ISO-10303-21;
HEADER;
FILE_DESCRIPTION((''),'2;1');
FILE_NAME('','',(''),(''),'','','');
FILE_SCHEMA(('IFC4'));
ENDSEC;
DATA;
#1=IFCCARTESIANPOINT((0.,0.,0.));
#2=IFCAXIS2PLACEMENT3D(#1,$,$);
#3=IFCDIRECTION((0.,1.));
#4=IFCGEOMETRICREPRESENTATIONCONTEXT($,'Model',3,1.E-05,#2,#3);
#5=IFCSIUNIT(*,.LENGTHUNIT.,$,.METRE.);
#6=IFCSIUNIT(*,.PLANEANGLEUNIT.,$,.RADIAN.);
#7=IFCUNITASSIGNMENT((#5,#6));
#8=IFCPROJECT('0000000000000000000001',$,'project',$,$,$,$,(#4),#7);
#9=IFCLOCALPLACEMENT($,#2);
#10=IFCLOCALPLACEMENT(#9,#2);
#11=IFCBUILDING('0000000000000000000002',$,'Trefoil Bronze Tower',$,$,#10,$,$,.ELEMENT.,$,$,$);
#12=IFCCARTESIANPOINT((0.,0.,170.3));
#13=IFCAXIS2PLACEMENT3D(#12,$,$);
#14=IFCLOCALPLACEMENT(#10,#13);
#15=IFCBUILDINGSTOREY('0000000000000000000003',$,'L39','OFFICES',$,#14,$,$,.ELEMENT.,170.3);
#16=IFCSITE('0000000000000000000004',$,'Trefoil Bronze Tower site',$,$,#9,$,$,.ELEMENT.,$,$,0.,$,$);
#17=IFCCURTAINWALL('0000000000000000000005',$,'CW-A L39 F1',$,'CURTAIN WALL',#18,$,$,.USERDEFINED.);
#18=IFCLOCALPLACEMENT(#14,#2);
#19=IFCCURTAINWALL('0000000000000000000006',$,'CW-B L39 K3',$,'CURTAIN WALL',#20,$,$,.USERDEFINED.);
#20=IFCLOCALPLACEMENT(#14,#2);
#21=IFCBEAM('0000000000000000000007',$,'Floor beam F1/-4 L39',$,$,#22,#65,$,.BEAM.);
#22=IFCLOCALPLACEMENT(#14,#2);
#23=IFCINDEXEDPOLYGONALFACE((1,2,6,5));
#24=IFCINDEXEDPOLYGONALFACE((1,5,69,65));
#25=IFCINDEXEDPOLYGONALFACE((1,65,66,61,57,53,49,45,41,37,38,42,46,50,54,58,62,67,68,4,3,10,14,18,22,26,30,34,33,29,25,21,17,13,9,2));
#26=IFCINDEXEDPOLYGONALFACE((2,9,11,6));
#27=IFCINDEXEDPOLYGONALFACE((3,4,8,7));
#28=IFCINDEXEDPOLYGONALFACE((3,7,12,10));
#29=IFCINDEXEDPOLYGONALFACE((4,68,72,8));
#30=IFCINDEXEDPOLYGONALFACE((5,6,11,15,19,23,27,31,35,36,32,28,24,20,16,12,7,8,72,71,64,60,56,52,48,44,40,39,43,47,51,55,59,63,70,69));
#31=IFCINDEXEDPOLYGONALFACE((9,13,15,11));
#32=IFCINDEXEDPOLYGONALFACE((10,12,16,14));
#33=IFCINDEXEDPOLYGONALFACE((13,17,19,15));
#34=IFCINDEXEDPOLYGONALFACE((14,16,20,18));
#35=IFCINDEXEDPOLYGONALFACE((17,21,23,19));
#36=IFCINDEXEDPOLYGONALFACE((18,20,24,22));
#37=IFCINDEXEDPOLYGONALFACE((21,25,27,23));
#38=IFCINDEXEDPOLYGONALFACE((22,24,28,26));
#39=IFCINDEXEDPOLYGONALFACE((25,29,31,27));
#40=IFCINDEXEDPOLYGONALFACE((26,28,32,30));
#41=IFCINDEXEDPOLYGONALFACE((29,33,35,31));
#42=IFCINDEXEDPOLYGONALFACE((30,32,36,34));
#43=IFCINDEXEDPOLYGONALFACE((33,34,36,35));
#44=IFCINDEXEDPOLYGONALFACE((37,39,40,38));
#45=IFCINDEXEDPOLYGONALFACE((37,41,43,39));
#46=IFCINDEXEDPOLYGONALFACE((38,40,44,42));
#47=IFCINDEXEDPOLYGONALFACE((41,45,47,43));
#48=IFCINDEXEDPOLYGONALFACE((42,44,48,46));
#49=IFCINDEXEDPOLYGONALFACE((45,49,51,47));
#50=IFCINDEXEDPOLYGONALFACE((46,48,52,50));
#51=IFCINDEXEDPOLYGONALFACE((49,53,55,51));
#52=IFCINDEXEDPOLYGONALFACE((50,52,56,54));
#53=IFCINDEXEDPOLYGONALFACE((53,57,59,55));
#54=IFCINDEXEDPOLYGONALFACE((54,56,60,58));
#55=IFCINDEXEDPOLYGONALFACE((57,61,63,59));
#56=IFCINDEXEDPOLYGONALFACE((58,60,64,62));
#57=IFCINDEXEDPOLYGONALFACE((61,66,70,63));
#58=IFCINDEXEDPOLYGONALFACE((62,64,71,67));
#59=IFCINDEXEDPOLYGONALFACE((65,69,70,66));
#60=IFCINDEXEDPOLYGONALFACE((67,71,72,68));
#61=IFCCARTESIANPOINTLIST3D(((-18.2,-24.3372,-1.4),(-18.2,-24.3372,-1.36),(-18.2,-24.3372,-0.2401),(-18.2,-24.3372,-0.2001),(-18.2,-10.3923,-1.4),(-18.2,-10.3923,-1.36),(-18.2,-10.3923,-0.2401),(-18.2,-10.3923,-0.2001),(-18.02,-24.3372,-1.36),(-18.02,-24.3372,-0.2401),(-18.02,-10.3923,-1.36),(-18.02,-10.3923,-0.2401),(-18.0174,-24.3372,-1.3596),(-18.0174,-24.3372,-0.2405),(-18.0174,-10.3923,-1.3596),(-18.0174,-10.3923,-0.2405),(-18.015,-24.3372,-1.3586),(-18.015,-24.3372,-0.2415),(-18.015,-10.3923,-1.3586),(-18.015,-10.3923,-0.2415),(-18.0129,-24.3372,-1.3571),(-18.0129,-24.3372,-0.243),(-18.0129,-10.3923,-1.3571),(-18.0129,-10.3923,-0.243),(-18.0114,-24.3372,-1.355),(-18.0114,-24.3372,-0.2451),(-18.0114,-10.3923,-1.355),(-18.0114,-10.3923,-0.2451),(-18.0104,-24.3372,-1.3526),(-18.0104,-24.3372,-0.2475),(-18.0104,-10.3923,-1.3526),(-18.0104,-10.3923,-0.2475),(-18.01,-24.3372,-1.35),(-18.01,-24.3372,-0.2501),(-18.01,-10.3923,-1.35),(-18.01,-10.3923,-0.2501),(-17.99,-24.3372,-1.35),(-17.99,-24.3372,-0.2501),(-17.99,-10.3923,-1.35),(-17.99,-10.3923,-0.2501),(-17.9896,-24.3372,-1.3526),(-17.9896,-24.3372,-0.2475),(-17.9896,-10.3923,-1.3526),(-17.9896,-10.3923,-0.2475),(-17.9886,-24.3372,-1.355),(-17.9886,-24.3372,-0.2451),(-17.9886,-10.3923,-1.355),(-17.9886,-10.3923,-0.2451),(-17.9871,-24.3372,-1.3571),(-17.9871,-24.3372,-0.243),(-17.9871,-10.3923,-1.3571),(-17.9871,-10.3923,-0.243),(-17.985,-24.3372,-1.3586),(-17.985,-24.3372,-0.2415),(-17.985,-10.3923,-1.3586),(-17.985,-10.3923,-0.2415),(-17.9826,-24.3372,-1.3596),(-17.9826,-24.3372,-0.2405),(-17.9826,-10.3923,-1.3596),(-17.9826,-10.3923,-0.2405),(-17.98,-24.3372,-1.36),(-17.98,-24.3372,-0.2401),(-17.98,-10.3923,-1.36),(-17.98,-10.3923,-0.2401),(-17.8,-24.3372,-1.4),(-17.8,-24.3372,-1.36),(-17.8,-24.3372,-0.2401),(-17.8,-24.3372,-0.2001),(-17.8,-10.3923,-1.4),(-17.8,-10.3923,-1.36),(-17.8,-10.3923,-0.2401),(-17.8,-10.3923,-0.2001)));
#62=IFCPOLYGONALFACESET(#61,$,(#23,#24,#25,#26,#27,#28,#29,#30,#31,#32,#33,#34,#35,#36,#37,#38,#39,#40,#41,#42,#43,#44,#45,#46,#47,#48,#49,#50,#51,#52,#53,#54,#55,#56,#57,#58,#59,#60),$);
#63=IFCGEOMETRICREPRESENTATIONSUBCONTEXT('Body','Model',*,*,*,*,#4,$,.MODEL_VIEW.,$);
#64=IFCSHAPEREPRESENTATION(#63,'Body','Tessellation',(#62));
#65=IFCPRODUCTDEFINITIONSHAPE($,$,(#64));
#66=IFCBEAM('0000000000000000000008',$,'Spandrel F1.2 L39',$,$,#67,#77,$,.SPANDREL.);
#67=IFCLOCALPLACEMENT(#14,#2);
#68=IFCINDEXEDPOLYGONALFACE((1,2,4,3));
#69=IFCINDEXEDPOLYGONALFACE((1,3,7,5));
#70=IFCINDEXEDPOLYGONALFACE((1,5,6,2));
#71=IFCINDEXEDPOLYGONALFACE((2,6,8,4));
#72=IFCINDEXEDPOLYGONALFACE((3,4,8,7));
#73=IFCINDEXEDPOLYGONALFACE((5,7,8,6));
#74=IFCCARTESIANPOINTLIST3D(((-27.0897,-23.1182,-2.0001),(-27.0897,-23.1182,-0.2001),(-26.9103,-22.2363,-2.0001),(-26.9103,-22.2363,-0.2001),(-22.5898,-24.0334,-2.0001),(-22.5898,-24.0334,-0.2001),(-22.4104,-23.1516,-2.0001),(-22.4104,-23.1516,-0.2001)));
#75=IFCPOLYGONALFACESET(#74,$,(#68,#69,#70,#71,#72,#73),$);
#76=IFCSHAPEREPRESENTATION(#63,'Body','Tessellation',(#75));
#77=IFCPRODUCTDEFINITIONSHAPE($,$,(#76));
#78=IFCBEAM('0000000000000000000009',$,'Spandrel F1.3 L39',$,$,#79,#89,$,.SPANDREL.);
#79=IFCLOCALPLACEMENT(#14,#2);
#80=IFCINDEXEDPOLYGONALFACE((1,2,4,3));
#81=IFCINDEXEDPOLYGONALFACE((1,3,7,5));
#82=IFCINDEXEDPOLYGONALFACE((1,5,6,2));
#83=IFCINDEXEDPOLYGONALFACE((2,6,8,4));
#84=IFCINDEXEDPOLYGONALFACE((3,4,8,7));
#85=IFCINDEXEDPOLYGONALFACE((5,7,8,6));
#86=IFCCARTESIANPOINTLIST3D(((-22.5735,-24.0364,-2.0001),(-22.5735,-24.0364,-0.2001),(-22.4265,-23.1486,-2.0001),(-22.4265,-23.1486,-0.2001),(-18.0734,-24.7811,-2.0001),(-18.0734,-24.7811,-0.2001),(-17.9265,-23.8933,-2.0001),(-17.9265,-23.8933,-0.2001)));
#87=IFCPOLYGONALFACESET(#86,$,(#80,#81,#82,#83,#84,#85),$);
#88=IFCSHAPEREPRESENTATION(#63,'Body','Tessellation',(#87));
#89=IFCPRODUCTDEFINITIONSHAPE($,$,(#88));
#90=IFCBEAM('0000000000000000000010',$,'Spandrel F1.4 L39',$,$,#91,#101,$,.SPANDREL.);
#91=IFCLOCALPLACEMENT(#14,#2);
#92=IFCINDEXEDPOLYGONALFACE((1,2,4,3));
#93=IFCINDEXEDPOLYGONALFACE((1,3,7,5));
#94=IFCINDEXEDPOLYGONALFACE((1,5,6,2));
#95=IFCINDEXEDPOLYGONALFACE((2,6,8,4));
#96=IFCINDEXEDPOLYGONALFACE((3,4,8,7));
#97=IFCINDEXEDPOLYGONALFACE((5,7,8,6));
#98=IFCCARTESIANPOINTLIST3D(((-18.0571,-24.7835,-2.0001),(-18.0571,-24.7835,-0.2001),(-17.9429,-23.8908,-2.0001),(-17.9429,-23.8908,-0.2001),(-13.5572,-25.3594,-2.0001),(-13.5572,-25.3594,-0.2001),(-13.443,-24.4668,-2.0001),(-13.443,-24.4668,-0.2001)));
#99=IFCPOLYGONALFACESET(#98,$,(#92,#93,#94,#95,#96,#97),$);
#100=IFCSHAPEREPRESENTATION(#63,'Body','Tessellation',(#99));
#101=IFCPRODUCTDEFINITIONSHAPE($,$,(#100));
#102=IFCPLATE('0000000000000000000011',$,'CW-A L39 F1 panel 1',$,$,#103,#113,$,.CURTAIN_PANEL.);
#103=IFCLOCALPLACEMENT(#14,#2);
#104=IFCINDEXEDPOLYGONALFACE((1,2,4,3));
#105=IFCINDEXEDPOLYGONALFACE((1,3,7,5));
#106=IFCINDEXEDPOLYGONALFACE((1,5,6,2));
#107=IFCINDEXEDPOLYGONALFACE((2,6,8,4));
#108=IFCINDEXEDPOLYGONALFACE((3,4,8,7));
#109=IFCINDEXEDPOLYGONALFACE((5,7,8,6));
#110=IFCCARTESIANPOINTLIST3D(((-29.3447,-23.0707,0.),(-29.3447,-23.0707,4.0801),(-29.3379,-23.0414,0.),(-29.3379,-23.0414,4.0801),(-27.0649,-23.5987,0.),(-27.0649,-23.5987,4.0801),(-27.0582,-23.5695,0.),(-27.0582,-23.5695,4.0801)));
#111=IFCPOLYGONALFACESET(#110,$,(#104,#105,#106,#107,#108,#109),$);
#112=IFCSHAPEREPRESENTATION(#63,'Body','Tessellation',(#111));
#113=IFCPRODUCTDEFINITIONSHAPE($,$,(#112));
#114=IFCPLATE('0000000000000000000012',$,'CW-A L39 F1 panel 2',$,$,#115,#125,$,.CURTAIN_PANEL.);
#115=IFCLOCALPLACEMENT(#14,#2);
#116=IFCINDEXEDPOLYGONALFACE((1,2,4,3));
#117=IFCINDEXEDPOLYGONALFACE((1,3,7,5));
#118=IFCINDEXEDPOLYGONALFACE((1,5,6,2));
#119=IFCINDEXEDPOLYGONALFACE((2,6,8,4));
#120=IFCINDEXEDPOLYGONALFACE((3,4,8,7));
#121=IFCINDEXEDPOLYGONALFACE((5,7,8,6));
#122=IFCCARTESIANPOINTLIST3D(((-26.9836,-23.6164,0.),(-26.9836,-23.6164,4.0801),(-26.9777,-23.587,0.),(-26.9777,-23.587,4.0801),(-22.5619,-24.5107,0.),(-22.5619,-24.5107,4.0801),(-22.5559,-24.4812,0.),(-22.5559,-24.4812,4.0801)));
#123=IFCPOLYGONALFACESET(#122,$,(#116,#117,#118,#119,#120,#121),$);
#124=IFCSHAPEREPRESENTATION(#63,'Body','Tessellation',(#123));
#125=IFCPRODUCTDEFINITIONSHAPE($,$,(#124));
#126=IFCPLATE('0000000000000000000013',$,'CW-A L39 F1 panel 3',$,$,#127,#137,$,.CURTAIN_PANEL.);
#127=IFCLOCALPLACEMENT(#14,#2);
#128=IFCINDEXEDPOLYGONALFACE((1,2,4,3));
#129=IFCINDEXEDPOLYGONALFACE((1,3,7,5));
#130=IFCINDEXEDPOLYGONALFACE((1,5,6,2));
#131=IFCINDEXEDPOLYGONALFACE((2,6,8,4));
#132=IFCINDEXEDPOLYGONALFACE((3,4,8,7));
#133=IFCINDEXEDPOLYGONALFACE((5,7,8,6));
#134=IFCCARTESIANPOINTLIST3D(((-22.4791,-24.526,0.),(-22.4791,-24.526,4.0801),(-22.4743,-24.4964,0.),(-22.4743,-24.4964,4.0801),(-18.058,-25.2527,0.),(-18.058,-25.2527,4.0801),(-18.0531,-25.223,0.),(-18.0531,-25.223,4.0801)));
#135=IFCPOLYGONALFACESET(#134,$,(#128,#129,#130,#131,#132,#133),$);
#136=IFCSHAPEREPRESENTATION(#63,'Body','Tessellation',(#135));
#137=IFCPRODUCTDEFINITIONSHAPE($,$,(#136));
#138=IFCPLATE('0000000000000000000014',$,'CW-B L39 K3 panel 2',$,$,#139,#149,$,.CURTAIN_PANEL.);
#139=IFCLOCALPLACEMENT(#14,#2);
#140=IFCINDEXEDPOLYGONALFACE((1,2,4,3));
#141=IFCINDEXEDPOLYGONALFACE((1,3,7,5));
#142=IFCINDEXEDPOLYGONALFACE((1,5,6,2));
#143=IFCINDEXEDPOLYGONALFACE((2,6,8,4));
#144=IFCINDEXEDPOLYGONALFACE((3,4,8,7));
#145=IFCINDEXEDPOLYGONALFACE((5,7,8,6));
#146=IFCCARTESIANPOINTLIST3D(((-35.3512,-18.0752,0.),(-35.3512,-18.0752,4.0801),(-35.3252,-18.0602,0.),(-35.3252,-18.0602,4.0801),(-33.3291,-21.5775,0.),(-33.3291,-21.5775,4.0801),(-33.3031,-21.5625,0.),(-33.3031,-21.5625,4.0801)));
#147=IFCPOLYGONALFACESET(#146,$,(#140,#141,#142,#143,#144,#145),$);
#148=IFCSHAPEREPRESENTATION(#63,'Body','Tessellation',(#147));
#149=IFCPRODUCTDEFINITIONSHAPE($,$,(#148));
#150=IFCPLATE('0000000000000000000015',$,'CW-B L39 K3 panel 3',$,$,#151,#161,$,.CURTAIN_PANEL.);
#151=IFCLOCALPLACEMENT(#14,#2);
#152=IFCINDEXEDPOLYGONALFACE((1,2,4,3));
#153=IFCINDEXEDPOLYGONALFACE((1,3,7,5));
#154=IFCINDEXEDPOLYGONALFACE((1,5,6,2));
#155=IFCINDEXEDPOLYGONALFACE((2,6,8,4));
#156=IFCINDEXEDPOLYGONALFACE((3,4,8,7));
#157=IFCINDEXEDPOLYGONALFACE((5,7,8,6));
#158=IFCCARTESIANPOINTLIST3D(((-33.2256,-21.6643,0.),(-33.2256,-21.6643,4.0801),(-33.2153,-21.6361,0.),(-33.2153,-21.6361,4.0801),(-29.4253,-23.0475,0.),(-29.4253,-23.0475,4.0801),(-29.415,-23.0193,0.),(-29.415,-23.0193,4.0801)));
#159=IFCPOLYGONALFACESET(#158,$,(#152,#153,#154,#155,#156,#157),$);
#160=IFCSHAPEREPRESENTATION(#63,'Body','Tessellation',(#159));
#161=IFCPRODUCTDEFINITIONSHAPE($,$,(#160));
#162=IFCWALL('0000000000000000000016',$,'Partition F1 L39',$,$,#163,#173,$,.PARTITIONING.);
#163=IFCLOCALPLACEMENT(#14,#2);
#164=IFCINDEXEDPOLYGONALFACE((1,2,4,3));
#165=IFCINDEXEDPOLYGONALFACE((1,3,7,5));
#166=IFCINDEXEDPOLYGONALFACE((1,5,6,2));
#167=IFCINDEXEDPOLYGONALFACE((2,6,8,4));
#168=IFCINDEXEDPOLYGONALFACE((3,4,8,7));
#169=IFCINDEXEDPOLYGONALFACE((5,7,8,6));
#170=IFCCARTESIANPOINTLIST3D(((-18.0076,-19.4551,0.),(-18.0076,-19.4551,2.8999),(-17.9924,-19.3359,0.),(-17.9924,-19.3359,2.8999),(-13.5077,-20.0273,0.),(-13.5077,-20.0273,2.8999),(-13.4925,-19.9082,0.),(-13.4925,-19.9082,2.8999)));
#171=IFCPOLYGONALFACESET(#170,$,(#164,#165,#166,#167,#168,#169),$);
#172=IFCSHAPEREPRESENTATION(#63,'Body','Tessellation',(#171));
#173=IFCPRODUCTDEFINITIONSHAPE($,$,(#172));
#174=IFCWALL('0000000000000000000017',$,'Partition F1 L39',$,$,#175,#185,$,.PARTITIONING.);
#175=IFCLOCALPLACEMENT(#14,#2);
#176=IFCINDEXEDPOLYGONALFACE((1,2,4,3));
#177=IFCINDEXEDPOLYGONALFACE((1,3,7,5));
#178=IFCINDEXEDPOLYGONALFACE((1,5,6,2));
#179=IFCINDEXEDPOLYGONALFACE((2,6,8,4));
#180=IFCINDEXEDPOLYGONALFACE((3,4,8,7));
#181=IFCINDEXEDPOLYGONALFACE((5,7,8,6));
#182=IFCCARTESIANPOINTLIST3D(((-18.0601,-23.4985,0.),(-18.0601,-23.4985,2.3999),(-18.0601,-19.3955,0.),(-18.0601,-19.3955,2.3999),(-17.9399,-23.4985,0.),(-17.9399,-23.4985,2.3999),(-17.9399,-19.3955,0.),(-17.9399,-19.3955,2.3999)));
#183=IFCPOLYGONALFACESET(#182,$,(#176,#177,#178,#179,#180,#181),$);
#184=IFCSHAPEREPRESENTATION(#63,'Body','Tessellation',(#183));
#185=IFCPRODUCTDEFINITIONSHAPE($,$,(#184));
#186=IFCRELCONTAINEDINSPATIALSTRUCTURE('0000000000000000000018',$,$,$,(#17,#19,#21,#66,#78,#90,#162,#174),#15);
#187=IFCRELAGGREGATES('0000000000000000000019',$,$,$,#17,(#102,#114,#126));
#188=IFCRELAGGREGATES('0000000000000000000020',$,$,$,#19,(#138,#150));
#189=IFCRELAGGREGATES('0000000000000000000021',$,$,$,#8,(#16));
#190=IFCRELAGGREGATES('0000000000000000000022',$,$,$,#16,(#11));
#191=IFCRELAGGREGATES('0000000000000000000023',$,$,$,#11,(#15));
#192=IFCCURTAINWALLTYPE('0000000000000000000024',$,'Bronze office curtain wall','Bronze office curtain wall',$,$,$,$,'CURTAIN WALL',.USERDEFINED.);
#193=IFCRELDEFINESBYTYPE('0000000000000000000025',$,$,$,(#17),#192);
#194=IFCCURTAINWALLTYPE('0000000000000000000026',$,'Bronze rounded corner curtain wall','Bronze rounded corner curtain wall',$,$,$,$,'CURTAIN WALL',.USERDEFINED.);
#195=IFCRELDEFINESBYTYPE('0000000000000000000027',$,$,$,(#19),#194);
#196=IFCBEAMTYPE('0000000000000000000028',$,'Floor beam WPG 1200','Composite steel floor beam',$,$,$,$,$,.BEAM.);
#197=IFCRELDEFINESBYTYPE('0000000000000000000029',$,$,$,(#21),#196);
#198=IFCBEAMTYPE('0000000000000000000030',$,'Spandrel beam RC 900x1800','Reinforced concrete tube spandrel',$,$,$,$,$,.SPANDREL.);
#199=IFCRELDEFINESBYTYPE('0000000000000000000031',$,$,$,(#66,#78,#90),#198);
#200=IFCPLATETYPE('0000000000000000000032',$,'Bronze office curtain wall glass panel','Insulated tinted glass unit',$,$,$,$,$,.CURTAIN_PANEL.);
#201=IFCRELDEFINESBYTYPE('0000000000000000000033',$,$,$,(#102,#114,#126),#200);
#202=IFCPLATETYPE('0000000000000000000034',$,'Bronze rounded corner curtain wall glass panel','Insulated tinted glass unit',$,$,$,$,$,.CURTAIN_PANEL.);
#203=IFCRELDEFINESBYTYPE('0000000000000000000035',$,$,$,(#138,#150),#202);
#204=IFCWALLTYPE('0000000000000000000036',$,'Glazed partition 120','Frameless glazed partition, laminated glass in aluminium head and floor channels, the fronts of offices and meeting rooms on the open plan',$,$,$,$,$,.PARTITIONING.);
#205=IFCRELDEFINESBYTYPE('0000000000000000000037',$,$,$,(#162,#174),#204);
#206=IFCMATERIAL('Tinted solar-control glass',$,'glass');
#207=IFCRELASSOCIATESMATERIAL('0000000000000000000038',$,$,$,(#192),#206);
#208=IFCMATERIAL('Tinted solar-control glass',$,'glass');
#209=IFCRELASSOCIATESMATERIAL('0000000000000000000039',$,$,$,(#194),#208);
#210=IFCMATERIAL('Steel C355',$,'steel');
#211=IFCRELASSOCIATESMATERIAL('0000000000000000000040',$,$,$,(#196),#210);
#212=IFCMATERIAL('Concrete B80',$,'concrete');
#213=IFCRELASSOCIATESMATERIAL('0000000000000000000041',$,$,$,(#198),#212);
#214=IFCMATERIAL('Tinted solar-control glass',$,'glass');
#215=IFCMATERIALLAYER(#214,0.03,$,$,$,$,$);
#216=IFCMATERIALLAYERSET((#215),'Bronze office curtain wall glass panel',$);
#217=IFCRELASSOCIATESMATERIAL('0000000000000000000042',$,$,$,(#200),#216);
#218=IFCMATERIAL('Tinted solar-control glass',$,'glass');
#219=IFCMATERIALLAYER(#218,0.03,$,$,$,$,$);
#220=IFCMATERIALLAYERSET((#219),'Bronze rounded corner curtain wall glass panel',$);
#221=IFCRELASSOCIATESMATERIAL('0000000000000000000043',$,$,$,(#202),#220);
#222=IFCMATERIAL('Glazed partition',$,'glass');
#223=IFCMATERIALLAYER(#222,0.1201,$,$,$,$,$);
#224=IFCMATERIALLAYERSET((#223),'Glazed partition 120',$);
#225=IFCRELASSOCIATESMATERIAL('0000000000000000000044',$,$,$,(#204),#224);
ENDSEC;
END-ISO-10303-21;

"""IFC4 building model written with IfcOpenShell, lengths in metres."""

from ifc_helpers import new_model, si_unit, direction, frame, frame_2d, origin, origin_2d, place, context, subcontext, project, spatial, rectangle, i_section, extrude, material, layer, layer_set, material_profile, profile_set, type_object, element, aggregate, save


model = new_model("IFC4")

# Units and contexts
model_context = context("Model", 3, precision=1e-05, world=origin(), true_north=direction((0.0, 1.0)))
body_context = subcontext(model_context, "Body", "Model", "MODEL_VIEW")
ifc_project = project(units=[si_unit("LENGTHUNIT", "METRE"), si_unit("PLANEANGLEUNIT", "RADIAN")], contexts=[model_context])

# Site, building, storey
site_placement = place(None, origin())
site = spatial("IfcSite", under=ifc_project, at=site_placement, Name="Trefoil Bronze Tower site", CompositionType="ELEMENT", RefElevation=0.0)
building_placement = place(site_placement, origin())
building = spatial("IfcBuilding", under=site, at=building_placement, Name="Trefoil Bronze Tower", CompositionType="ELEMENT")
storey_placement = place(building_placement, frame((0.0, 0.0, 170.3)))
storey = spatial("IfcBuildingStorey", under=building, at=storey_placement, Name="L39", Description="OFFICES", CompositionType="ELEMENT", Elevation=170.3)

# Curtain walls
ifc_material_1 = material(Name="Tinted solar-control glass", Category="glass")
curtain_wall_type_1 = type_object("IfcCurtainWallType", Name="Bronze office curtain wall", Description="Bronze office curtain wall", ElementType="CURTAIN WALL", PredefinedType="USERDEFINED", material=ifc_material_1)
curtain_wall_1_placement = place(storey_placement, origin())
curtain_wall_1 = element("IfcCurtainWall", 1, at=curtain_wall_1_placement, inside=storey, type_object=curtain_wall_type_1, Name="CW-A L39 F1", ObjectType="CURTAIN WALL", PredefinedType="USERDEFINED")
ifc_material_2 = material(Name="Tinted solar-control glass", Category="glass")
curtain_wall_type_2 = type_object("IfcCurtainWallType", Name="Bronze rounded corner curtain wall", Description="Bronze rounded corner curtain wall", ElementType="CURTAIN WALL", PredefinedType="USERDEFINED", material=ifc_material_2)
curtain_wall_2_placement = place(storey_placement, origin())
curtain_wall_2 = element("IfcCurtainWall", 2, at=curtain_wall_2_placement, inside=storey, type_object=curtain_wall_type_2, Name="CW-B L39 K3", ObjectType="CURTAIN WALL", PredefinedType="USERDEFINED")

# Beams
ifc_material_3 = material(Name="Steel C355", Category="steel")
ifc_material_profile_1 = material_profile(ifc_material_3, i_section(OverallWidth=0.3999, OverallDepth=1.2, WebThickness=0.02, FlangeThickness=0.04, FilletRadius=0.01, at=origin_2d()), Name="WPG 1200")
ifc_profile_set_1 = profile_set([ifc_material_profile_1], Name="Steel C355")
beam_type_1 = type_object("IfcBeamType", Name="Floor beam WPG 1200", Description="Composite steel floor beam", PredefinedType="BEAM", material=ifc_profile_set_1)
beam_1_placement = place(storey_placement, frame((-18.0, -24.3372, -0.8), z_axis=(0.0, 1.0, 0.0), x_axis=(-1.0, 0.0, 0.0)))
element("IfcBeam", 3, at=beam_1_placement, inside=storey, type_object=beam_type_1, Name="Floor beam F1/-4 L39", PredefinedType="BEAM", context=body_context, shape_type="SweptSolid", body=[
    extrude(i_section(OverallWidth=0.3999, OverallDepth=1.2, WebThickness=0.02, FlangeThickness=0.04, FilletRadius=0.01, at=origin_2d()), origin(), (0.0, 0.0, 1.0), 13.9448),
])
ifc_material_4 = material(Name="Concrete B80", Category="concrete")
ifc_material_profile_2 = material_profile(ifc_material_4, rectangle(XDim=0.8999, YDim=1.8, at=origin_2d()), Name="RC 900x1800")
ifc_profile_set_2 = profile_set([ifc_material_profile_2], Name="Concrete B80")
beam_type_2 = type_object("IfcBeamType", Name="Spandrel beam RC 900x1800", Description="Reinforced concrete tube spandrel", PredefinedType="SPANDREL", material=ifc_profile_set_2)
beam_2_placement = place(storey_placement, frame((-27.0, -22.6772, -1.1001), z_axis=(0.979935, -0.199315, 0.0), x_axis=(0.199315, 0.979935, 0.0)))
element("IfcBeam", 4, at=beam_2_placement, inside=storey, type_object=beam_type_2, Name="Spandrel F1.2 L39", PredefinedType="SPANDREL", context=body_context, shape_type="SweptSolid", body=[
    extrude(rectangle(XDim=0.8999, YDim=1.8, at=origin_2d()), origin(), (0.0, 0.0, 1.0), 4.592),
])
beam_3_placement = place(storey_placement, frame((-22.5, -23.5925, -1.1001), z_axis=(0.986584, -0.163253, 0.0), x_axis=(0.163253, 0.986584, 0.0)))
element("IfcBeam", 5, at=beam_3_placement, inside=storey, type_object=beam_type_2, Name="Spandrel F1.3 L39", PredefinedType="SPANDREL", context=body_context, shape_type="SweptSolid", body=[
    extrude(rectangle(XDim=0.8999, YDim=1.8, at=origin_2d()), origin(), (0.0, 0.0, 1.0), 4.5613),
])
beam_4_placement = place(storey_placement, frame((-18.0, -24.3372, -1.1001), z_axis=(0.991909, -0.126948, 0.0), x_axis=(0.126948, 0.991909, 0.0)))
element("IfcBeam", 6, at=beam_4_placement, inside=storey, type_object=beam_type_2, Name="Spandrel F1.4 L39", PredefinedType="SPANDREL", context=body_context, shape_type="SweptSolid", body=[
    extrude(rectangle(XDim=0.8999, YDim=1.8, at=origin_2d()), origin(), (0.0, 0.0, 1.0), 4.5366),
])

# Plates
ifc_material_5 = material(Name="Tinted solar-control glass", Category="glass")
ifc_layer_1 = layer(ifc_material_5, 0.03)
ifc_layer_set_1 = layer_set([ifc_layer_1], Name="Bronze office curtain wall glass panel")
plate_type_1 = type_object("IfcPlateType", Name="Bronze office curtain wall glass panel", Description="Insulated tinted glass unit", PredefinedType="CURTAIN_PANEL", material=ifc_layer_set_1)
plate_1_placement = place(storey_placement, frame((-28.2014, -23.3201, 0.0), z_axis=(0.0, 0.0, 1.0), x_axis=(0.974204, -0.225667, 0.0)))
plate_1 = element("IfcPlate", 7, at=plate_1_placement, type_object=plate_type_1, Name="CW-A L39 F1 panel 1", PredefinedType="CURTAIN_PANEL", context=body_context, shape_type="SweptSolid", body=[
    extrude(rectangle(XDim=2.3401, YDim=0.03, at=origin_2d()), origin(), (0.0, 0.0, 1.0), 4.0801),
])
plate_2_placement = place(storey_placement, frame((-24.7698, -24.0488, 0.0), z_axis=(0.0, 0.0, 1.0), x_axis=(0.980155, -0.198232, 0.0)))
plate_2 = element("IfcPlate", 8, at=plate_2_placement, type_object=plate_type_1, Name="CW-A L39 F1 panel 2", PredefinedType="CURTAIN_PANEL", context=body_context, shape_type="SweptSolid", body=[
    extrude(rectangle(XDim=4.5112, YDim=0.03, at=origin_2d()), origin(), (0.0, 0.0, 1.0), 4.0801),
])
plate_3_placement = place(storey_placement, frame((-20.2661, -24.8745, 0.0), z_axis=(0.0, 0.0, 1.0), x_axis=(0.98676, -0.162189, 0.0)))
plate_3 = element("IfcPlate", 9, at=plate_3_placement, type_object=plate_type_1, Name="CW-A L39 F1 panel 3", PredefinedType="CURTAIN_PANEL", context=body_context, shape_type="SweptSolid", body=[
    extrude(rectangle(XDim=4.4805, YDim=0.03, at=origin_2d()), origin(), (0.0, 0.0, 1.0), 4.0801),
])
aggregate(curtain_wall_1, [plate_1, plate_2, plate_3])
ifc_material_6 = material(Name="Tinted solar-control glass", Category="glass")
ifc_layer_2 = layer(ifc_material_6, 0.03)
ifc_layer_set_2 = layer_set([ifc_layer_2], Name="Bronze rounded corner curtain wall glass panel")
plate_type_2 = type_object("IfcPlateType", Name="Bronze rounded corner curtain wall glass panel", Description="Insulated tinted glass unit", PredefinedType="CURTAIN_PANEL", material=ifc_layer_set_2)
plate_4_placement = place(storey_placement, frame((-34.3271, -19.8188, 0.0), z_axis=(0.0, 0.0, 1.0), x_axis=(0.5, -0.866025, 0.0)))
plate_4 = element("IfcPlate", 10, at=plate_4_placement, type_object=plate_type_2, Name="CW-B L39 K3 panel 2", PredefinedType="CURTAIN_PANEL", context=body_context, shape_type="SweptSolid", body=[
    extrude(rectangle(XDim=4.0442, YDim=0.03, at=origin_2d()), origin(), (0.0, 0.0, 1.0), 4.0801),
])
plate_5_placement = place(storey_placement, frame((-31.3203, -22.3418, 0.0), z_axis=(0.0, 0.0, 1.0), x_axis=(0.939693, -0.34202, 0.0)))
plate_5 = element("IfcPlate", 11, at=plate_5_placement, type_object=plate_type_2, Name="CW-B L39 K3 panel 3", PredefinedType="CURTAIN_PANEL", context=body_context, shape_type="SweptSolid", body=[
    extrude(rectangle(XDim=4.0442, YDim=0.03, at=origin_2d()), origin(), (0.0, 0.0, 1.0), 4.0801),
])
aggregate(curtain_wall_2, [plate_4, plate_5])

# Walls
ifc_material_7 = material(Name="Glazed partition", Category="glass")
ifc_layer_3 = layer(ifc_material_7, 0.1201)
ifc_layer_set_3 = layer_set([ifc_layer_3], Name="Glazed partition 120")
wall_type_1 = type_object("IfcWallType", Name="Glazed partition 120", Description="Frameless glazed partition, laminated glass in aluminium head and floor channels, the fronts of offices and meeting rooms on the open plan", PredefinedType="PARTITIONING", material=ifc_layer_set_3)
wall_1_placement = place(storey_placement, frame((-18.0, -19.3955, 0.0), z_axis=(0.0, 0.0, 1.0), x_axis=(0.992011, -0.126154, 0.0)))
element("IfcWall", 12, at=wall_1_placement, inside=storey, type_object=wall_type_1, Name="Partition F1 L39", PredefinedType="PARTITIONING", context=body_context, shape_type="SweptSolid", body=[
    extrude(rectangle(XDim=4.5361, YDim=0.1201, at=frame_2d((2.2681, 0.0))), origin(), (0.0, 0.0, 1.0), 2.8999),
])
wall_2_placement = place(storey_placement, frame((-18.0, -19.3955, 0.0), z_axis=(0.0, 0.0, 1.0), x_axis=(0.0, -1.0, 0.0)))
element("IfcWall", 13, at=wall_2_placement, inside=storey, type_object=wall_type_1, Name="Partition F1 L39", PredefinedType="PARTITIONING", context=body_context, shape_type="SweptSolid", body=[
    extrude(rectangle(XDim=4.103, YDim=0.1201, at=frame_2d((2.0515, 0.0))), origin(), (0.0, 0.0, 1.0), 2.3999),
])

save(model, "model.ifc")
